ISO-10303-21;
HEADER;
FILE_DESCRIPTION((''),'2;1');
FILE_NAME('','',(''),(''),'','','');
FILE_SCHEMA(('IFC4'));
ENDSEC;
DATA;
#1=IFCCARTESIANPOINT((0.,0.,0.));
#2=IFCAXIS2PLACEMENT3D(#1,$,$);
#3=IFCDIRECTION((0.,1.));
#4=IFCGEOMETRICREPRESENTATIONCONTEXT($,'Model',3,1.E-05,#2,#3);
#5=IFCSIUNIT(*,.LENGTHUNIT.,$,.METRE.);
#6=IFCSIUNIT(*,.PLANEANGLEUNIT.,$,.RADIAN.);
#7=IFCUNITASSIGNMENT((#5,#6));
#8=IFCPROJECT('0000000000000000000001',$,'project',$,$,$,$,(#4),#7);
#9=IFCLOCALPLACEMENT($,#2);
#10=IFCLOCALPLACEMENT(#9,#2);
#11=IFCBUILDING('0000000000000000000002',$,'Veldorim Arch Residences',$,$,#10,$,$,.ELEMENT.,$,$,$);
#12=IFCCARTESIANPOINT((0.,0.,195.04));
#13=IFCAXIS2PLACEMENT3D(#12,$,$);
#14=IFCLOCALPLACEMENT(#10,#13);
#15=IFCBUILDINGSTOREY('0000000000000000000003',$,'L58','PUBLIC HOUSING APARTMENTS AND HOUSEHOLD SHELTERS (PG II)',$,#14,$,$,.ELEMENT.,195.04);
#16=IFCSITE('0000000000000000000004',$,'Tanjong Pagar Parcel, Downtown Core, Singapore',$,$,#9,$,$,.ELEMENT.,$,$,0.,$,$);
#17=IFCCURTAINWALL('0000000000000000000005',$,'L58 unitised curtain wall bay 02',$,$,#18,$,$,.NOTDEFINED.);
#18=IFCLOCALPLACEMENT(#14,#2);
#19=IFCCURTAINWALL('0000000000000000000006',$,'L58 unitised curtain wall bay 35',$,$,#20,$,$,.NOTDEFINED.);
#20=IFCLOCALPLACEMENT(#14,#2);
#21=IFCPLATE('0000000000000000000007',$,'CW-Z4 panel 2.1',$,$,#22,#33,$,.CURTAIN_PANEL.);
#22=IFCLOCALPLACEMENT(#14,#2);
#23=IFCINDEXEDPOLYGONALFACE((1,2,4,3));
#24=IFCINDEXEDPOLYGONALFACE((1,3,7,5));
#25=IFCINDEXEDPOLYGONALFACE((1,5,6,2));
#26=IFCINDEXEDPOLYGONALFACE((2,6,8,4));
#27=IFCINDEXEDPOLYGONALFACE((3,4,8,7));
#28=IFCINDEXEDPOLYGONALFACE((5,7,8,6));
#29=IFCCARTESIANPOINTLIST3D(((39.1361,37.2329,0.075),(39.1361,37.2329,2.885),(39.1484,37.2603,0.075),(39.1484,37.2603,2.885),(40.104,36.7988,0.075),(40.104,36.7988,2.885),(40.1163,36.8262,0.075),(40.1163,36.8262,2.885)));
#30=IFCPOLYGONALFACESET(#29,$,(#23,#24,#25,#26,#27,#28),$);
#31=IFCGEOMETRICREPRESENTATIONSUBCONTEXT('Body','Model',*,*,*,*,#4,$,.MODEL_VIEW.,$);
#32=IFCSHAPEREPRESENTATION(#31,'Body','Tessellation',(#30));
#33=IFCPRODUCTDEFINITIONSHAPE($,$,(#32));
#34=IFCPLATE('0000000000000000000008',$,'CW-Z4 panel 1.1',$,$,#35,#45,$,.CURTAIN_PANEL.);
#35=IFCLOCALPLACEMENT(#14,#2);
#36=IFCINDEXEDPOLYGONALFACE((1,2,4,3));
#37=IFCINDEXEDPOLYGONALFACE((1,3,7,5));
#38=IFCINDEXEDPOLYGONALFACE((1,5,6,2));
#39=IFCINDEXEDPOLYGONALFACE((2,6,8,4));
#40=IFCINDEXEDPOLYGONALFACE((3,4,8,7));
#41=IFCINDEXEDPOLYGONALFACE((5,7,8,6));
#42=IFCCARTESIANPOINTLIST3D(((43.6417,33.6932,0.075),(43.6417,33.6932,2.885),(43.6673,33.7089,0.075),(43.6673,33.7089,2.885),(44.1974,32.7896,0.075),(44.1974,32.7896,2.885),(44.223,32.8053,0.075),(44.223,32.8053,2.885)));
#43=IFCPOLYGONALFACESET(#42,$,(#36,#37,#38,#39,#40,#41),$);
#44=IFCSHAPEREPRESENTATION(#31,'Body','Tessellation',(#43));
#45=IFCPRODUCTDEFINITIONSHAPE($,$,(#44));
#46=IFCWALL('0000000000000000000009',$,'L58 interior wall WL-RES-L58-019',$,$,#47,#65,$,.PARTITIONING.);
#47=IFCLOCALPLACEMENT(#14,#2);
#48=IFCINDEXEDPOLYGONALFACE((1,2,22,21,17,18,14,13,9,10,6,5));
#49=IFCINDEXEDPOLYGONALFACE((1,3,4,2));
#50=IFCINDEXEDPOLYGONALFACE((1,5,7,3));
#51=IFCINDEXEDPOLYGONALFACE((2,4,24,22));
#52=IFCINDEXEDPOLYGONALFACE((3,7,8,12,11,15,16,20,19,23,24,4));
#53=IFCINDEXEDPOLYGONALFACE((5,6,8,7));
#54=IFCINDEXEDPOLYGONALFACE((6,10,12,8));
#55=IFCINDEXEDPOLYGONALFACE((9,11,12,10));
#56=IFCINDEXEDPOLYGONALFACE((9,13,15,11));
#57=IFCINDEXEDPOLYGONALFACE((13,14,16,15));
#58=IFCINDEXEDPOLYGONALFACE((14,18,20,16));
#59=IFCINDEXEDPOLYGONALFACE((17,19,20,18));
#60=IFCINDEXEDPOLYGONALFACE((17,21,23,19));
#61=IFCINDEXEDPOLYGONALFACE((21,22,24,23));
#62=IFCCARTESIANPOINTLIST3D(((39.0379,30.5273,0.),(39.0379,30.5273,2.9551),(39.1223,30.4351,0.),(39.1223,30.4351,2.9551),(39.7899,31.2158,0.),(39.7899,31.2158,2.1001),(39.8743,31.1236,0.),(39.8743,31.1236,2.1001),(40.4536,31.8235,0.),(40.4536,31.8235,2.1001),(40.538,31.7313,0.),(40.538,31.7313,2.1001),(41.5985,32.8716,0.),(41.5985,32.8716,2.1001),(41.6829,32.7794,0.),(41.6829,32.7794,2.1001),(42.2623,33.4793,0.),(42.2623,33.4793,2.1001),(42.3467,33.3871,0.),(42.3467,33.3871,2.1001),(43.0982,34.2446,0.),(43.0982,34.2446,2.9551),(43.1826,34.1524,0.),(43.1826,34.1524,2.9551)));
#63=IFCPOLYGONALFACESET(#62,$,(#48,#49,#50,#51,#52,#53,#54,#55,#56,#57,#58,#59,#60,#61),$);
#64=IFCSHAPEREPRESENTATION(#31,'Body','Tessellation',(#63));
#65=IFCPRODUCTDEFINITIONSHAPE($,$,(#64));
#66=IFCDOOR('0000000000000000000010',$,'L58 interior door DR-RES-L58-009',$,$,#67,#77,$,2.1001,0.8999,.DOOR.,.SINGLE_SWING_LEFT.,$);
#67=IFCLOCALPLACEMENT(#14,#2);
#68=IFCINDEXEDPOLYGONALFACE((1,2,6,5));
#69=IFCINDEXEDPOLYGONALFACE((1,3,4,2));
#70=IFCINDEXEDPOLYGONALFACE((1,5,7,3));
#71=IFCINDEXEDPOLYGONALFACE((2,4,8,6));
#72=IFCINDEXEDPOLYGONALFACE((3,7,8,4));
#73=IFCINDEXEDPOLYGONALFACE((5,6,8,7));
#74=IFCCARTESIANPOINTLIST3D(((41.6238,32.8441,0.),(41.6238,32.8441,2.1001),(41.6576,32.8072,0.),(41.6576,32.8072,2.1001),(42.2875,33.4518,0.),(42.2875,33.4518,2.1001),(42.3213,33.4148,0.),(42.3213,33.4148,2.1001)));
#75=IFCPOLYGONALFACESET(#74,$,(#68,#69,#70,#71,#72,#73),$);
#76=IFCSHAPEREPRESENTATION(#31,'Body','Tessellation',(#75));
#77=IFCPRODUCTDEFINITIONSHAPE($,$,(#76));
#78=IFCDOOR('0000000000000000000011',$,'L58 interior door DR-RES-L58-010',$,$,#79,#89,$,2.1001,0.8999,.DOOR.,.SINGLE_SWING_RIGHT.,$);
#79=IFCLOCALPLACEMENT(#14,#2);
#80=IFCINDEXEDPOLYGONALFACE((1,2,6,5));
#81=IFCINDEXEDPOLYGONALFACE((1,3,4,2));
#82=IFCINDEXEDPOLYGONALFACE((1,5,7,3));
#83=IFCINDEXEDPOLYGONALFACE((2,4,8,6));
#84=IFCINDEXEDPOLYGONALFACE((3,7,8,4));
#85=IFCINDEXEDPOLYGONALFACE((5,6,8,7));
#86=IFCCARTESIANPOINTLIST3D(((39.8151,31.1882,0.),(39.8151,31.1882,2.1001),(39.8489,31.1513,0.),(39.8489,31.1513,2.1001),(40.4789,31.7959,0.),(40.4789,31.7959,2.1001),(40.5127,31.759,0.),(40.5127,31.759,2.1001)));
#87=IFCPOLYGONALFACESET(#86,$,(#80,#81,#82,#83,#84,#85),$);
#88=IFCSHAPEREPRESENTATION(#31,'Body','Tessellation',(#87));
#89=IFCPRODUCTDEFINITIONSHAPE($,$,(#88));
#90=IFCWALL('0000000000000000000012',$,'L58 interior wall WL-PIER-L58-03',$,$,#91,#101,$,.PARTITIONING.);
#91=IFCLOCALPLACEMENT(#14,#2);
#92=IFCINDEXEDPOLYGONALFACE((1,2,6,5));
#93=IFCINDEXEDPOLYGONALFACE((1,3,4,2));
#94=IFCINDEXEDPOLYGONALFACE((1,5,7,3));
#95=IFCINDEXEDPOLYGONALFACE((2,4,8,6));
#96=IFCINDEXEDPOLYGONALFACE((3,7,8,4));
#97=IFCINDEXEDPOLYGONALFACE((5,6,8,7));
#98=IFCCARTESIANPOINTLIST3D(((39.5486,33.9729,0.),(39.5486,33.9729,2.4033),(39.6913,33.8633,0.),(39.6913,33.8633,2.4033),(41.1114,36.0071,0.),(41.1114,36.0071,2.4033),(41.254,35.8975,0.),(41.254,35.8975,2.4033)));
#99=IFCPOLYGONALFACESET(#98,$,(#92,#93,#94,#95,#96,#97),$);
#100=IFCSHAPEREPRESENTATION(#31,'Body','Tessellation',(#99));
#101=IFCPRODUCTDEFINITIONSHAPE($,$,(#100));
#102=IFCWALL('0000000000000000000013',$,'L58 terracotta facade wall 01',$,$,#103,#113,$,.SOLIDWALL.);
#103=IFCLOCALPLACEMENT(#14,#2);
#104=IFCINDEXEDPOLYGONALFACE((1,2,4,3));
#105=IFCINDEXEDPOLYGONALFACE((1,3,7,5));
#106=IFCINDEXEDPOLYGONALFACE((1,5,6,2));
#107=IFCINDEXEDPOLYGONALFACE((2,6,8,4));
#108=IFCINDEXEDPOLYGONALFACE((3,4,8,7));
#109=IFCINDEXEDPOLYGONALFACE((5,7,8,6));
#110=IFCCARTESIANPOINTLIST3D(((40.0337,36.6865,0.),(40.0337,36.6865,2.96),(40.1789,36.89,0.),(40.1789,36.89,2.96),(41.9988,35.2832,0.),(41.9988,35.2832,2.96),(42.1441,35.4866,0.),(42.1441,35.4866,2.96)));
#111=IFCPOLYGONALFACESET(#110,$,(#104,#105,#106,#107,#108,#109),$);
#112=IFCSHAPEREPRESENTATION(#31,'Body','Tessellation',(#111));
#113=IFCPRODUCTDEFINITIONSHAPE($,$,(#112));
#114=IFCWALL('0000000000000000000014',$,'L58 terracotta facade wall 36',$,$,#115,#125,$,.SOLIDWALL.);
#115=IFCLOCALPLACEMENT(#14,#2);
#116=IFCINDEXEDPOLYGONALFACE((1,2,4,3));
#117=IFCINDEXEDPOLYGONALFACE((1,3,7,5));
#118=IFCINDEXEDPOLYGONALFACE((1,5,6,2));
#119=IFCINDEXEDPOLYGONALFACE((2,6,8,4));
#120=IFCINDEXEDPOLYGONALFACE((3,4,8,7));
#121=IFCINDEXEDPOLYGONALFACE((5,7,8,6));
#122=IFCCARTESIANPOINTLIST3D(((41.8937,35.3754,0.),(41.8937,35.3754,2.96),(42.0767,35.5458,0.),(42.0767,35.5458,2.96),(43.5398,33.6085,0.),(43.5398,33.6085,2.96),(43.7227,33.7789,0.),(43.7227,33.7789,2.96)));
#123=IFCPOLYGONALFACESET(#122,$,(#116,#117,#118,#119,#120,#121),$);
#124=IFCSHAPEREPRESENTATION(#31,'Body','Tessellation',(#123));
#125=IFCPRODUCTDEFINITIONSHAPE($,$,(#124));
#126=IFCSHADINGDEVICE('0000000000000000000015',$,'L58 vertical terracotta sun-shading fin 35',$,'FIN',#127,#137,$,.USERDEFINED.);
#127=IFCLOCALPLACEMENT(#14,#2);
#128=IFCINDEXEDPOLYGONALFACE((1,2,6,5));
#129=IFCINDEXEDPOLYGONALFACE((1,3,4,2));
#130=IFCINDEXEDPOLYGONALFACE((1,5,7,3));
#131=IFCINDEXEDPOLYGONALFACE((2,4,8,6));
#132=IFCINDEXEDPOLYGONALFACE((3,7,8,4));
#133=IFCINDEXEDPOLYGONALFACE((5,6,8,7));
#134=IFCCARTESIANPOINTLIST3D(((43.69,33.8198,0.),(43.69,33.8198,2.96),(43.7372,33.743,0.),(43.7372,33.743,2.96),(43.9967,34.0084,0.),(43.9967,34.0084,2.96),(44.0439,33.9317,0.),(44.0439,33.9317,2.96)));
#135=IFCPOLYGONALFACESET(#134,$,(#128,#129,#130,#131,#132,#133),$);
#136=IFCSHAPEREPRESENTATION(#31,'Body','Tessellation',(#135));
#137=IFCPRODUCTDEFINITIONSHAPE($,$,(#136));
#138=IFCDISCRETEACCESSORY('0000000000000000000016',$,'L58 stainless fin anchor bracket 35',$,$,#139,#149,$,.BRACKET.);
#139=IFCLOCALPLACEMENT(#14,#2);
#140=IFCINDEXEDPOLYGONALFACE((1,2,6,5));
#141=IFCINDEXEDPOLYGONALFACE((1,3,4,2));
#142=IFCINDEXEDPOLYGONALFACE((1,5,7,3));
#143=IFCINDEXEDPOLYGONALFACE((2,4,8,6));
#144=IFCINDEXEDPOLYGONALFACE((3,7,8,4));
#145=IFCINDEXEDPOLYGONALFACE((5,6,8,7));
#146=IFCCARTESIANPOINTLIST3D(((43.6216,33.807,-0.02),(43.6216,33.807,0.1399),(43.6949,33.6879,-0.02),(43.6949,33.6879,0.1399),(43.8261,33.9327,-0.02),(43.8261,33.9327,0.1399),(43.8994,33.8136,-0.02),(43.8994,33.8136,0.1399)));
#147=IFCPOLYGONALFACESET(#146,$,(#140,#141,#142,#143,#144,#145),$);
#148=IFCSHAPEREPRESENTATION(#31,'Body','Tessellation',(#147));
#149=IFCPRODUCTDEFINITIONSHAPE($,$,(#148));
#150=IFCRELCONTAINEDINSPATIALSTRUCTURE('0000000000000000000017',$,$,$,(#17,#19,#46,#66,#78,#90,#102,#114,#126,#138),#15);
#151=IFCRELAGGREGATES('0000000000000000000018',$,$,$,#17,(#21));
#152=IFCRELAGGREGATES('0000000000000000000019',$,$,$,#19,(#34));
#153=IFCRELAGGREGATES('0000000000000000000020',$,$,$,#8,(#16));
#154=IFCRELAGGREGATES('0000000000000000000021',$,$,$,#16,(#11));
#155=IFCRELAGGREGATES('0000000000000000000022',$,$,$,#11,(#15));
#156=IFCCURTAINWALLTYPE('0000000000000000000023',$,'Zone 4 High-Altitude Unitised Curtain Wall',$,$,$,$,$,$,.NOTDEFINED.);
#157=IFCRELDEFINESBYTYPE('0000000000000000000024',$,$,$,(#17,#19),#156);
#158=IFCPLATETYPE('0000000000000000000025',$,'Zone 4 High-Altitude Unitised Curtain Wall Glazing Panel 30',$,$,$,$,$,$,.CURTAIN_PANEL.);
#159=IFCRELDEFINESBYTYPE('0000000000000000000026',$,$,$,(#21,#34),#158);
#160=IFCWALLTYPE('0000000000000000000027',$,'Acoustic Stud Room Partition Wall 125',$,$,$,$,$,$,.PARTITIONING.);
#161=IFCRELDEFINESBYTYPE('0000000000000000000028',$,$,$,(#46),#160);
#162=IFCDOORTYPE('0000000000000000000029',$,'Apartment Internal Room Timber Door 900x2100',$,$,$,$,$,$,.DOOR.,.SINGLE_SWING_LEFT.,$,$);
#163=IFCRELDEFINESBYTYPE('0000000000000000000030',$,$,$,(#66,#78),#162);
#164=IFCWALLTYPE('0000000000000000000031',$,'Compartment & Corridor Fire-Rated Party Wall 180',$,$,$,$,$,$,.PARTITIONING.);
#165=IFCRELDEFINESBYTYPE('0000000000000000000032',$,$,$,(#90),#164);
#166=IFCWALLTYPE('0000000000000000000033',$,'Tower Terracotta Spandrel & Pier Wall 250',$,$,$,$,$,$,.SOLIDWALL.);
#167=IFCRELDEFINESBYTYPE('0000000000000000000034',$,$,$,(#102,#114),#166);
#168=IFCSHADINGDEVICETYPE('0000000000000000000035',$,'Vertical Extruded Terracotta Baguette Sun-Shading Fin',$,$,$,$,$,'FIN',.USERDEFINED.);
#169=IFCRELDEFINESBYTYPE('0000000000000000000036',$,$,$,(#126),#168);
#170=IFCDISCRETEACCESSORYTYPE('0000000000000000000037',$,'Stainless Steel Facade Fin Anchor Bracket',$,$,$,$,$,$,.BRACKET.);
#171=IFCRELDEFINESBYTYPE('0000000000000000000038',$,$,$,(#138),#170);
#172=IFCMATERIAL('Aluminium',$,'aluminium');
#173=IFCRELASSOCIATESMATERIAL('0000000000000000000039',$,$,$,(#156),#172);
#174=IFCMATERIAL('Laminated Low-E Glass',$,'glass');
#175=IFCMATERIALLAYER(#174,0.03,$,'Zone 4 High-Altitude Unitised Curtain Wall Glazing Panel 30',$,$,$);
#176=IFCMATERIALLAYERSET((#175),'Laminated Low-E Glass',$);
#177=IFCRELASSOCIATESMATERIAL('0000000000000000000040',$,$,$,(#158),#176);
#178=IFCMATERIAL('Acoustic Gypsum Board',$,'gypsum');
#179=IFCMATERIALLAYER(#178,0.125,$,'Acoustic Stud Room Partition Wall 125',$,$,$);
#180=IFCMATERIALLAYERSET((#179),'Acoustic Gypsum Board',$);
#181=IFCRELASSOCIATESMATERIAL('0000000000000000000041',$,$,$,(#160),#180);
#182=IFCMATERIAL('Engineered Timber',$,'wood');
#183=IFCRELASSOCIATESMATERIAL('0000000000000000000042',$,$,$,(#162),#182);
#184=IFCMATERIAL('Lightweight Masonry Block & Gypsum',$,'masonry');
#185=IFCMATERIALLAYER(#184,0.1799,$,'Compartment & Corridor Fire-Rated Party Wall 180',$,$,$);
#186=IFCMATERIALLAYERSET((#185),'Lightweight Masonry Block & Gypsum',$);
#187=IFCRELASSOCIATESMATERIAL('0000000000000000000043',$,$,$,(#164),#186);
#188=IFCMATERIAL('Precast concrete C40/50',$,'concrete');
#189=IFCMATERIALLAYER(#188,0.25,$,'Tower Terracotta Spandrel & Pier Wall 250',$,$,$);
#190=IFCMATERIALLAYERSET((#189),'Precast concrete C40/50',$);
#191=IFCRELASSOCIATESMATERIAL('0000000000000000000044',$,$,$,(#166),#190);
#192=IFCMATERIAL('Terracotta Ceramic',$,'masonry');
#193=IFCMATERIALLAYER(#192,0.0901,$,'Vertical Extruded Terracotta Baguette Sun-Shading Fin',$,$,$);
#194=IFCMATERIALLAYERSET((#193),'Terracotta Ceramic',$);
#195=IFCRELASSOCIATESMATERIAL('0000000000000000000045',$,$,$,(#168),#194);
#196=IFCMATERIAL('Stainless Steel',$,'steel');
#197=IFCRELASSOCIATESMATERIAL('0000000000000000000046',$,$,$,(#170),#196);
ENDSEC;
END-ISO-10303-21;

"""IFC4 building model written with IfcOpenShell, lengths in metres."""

from ifc_helpers import new_model, si_unit, direction, frame, frame_2d, origin, origin_2d, place, context, subcontext, project, spatial, rectangle, extrude, material, layer, layer_set, type_object, element, fill, aggregate, save


model = new_model("IFC4")

# Units and contexts
model_context = context("Model", 3, precision=1e-05, world=origin(), true_north=direction((0.0, 1.0)))
body_context = subcontext(model_context, "Body", "Model", "MODEL_VIEW")
ifc_project = project(units=[si_unit("LENGTHUNIT", "METRE"), si_unit("PLANEANGLEUNIT", "RADIAN")], contexts=[model_context])

# Site, building, storey
site_placement = place(None, origin())
site = spatial("IfcSite", under=ifc_project, at=site_placement, Name="Tanjong Pagar Parcel, Downtown Core, Singapore", CompositionType="ELEMENT", RefElevation=0.0)
building_placement = place(site_placement, origin())
building = spatial("IfcBuilding", under=site, at=building_placement, Name="Veldorim Arch Residences", CompositionType="ELEMENT")
storey_placement = place(building_placement, frame((0.0, 0.0, 195.04)))
storey = spatial("IfcBuildingStorey", under=building, at=storey_placement, Name="L58", Description="PUBLIC HOUSING APARTMENTS AND HOUSEHOLD SHELTERS (PG II)", CompositionType="ELEMENT", Elevation=195.04)

# Curtain wall
ifc_material_1 = material(Name="Aluminium", Category="aluminium")
curtain_wall_type = type_object("IfcCurtainWallType", Name="Zone 4 High-Altitude Unitised Curtain Wall", PredefinedType="NOTDEFINED", material=ifc_material_1)
curtain_wall_1_placement = place(storey_placement, origin())
curtain_wall_1 = element("IfcCurtainWall", 1, at=curtain_wall_1_placement, inside=storey, type_object=curtain_wall_type, Name="L58 unitised curtain wall bay 02", PredefinedType="NOTDEFINED")

# Curtain wall
curtain_wall_2_placement = place(storey_placement, origin())
curtain_wall_2 = element("IfcCurtainWall", 2, at=curtain_wall_2_placement, inside=storey, type_object=curtain_wall_type, Name="L58 unitised curtain wall bay 35", PredefinedType="NOTDEFINED")

# Plates
ifc_material_2 = material(Name="Laminated Low-E Glass", Category="glass")
ifc_layer_1 = layer(ifc_material_2, 0.03, Name="Zone 4 High-Altitude Unitised Curtain Wall Glazing Panel 30")
ifc_layer_set_1 = layer_set([ifc_layer_1], Name="Laminated Low-E Glass")
plate_type = type_object("IfcPlateType", Name="Zone 4 High-Altitude Unitised Curtain Wall Glazing Panel 30", PredefinedType="CURTAIN_PANEL", material=ifc_layer_set_1)
plate_1_placement = place(storey_placement, frame((39.6262, 37.0295, 0.075), z_axis=(0.0, 0.0, 1.0), x_axis=(0.912468, -0.409149, 0.0)))
plate_1 = element("IfcPlate", 3, at=plate_1_placement, type_object=plate_type, Name="CW-Z4 panel 2.1", PredefinedType="CURTAIN_PANEL", context=body_context, shape_type="SweptSolid", body=[
    extrude(rectangle(XDim=1.0608, YDim=0.03, at=origin_2d()), origin(), (0.0, 0.0, 1.0), 2.8101),
])
aggregate(curtain_wall_1, [plate_1])
plate_2_placement = place(storey_placement, frame((43.9324, 33.2493, 0.075), z_axis=(0.0, 0.0, 1.0), x_axis=(0.523864, -0.851802, 0.0)))
plate_2 = element("IfcPlate", 4, at=plate_2_placement, type_object=plate_type, Name="CW-Z4 panel 1.1", PredefinedType="CURTAIN_PANEL", context=body_context, shape_type="SweptSolid", body=[
    extrude(rectangle(XDim=1.0608, YDim=0.03, at=origin_2d()), origin(), (0.0, 0.0, 1.0), 2.8101),
])
aggregate(curtain_wall_2, [plate_2])

# Wall, openings, doors
ifc_material_3 = material(Name="Acoustic Gypsum Board", Category="gypsum")
ifc_layer_2 = layer(ifc_material_3, 0.125, Name="Acoustic Stud Room Partition Wall 125")
ifc_layer_set_2 = layer_set([ifc_layer_2], Name="Acoustic Gypsum Board")
wall_type_1 = type_object("IfcWallType", Name="Acoustic Stud Room Partition Wall 125", PredefinedType="PARTITIONING", material=ifc_layer_set_2)
wall_1_placement = place(storey_placement, frame((43.1404, 34.1985, 0.0), z_axis=(0.0, 0.0, 1.0), x_axis=(-0.737576, -0.675265, 0.0)))
wall_1 = element("IfcWall", 5, at=wall_1_placement, inside=storey, type_object=wall_type_1, Name="L58 interior wall WL-RES-L58-019", PredefinedType="PARTITIONING", context=body_context, shape_type="SweptSolid", body=[
    extrude(rectangle(XDim=5.5049, YDim=0.125, at=frame_2d((2.7524, 0.0))), origin(), (0.0, 0.0, 1.0), 2.9551),
])
opening_1_placement = place(wall_1_placement, frame((1.1333, 0.0, 0.0)))
opening_1 = element("IfcOpeningElement", 6, at=opening_1_placement, cuts=wall_1, PredefinedType="OPENING", context=body_context, shape_type="SweptSolid", body=[
    extrude(rectangle(XDim=0.8999, YDim=2.1001, at=frame_2d((0.45, 1.05))), frame((0.0, 0.0725, 0.0), z_axis=(0.0, -1.0, 0.0), x_axis=(1.0, 0.0, 0.0)), (0.0, 0.0, 1.0), 0.145),
])
opening_2_placement = place(wall_1_placement, frame((3.5854, 0.0, 0.0)))
opening_2 = element("IfcOpeningElement", 7, at=opening_2_placement, cuts=wall_1, PredefinedType="OPENING", context=body_context, shape_type="SweptSolid", body=[
    extrude(rectangle(XDim=0.8999, YDim=2.1001, at=frame_2d((0.45, 1.05))), frame((0.0, 0.0725, 0.0), z_axis=(0.0, -1.0, 0.0), x_axis=(1.0, 0.0, 0.0)), (0.0, 0.0, 1.0), 0.145),
])
ifc_material_4 = material(Name="Engineered Timber", Category="wood")
door_type = type_object("IfcDoorType", Name="Apartment Internal Room Timber Door 900x2100", OperationType="SINGLE_SWING_LEFT", PredefinedType="DOOR", material=ifc_material_4)
door_1_placement = place(opening_1_placement, origin())
door_1 = element("IfcDoor", 8, at=door_1_placement, inside=storey, type_object=door_type, Name="L58 interior door DR-RES-L58-009", OperationType="SINGLE_SWING_LEFT", OverallHeight=2.1001, OverallWidth=0.8999, PredefinedType="DOOR", context=body_context, shape_type="SweptSolid", body=[
    extrude(rectangle(XDim=0.8999, YDim=2.1001, at=frame_2d((0.45, 1.05))), frame((0.0, 0.0249, 0.0), z_axis=(0.0, -1.0, 0.0), x_axis=(1.0, 0.0, 0.0)), (0.0, 0.0, 1.0), 0.05),
])
fill(opening_1, door_1)
door_2_placement = place(opening_2_placement, origin())
door_2 = element("IfcDoor", 9, at=door_2_placement, inside=storey, type_object=door_type, Name="L58 interior door DR-RES-L58-010", OperationType="SINGLE_SWING_RIGHT", OverallHeight=2.1001, OverallWidth=0.8999, PredefinedType="DOOR", context=body_context, shape_type="SweptSolid", body=[
    extrude(rectangle(XDim=0.8999, YDim=2.1001, at=frame_2d((0.45, 1.05))), frame((0.0, 0.0249, 0.0), z_axis=(0.0, -1.0, 0.0), x_axis=(1.0, 0.0, 0.0)), (0.0, 0.0, 1.0), 0.05),
])
fill(opening_2, door_2)

# Walls
ifc_material_5 = material(Name="Lightweight Masonry Block & Gypsum", Category="masonry")
ifc_layer_3 = layer(ifc_material_5, 0.1799, Name="Compartment & Corridor Fire-Rated Party Wall 180")
ifc_layer_set_3 = layer_set([ifc_layer_3], Name="Lightweight Masonry Block & Gypsum")
wall_type_2 = type_object("IfcWallType", Name="Compartment & Corridor Fire-Rated Party Wall 180", PredefinedType="PARTITIONING", material=ifc_layer_set_3)
wall_2_placement = place(storey_placement, frame((39.6199, 33.918, 0.0), z_axis=(0.0, 0.0, 1.0), x_axis=(0.609218, 0.793002, 0.0)))
element("IfcWall", 10, at=wall_2_placement, inside=storey, type_object=wall_type_2, Name="L58 interior wall WL-PIER-L58-03", PredefinedType="PARTITIONING", context=body_context, shape_type="SweptSolid", body=[
    extrude(rectangle(XDim=2.5652, YDim=0.1799, at=frame_2d((1.2827, 0.0))), origin(), (0.0, 0.0, 1.0), 2.4033),
])
ifc_material_6 = material(Name="Precast concrete C40/50", Category="concrete")
ifc_layer_4 = layer(ifc_material_6, 0.25, Name="Tower Terracotta Spandrel & Pier Wall 250")
ifc_layer_set_4 = layer_set([ifc_layer_4], Name="Precast concrete C40/50")
wall_type_3 = type_object("IfcWallType", Name="Tower Terracotta Spandrel & Pier Wall 250", PredefinedType="SOLIDWALL", material=ifc_layer_set_4)
for number, where, z_axis, x_axis, name in (
    (11, (40.1062, 36.7883, 0.0), (0.0, 0.0, 1.0), (0.813795, -0.581152, 0.0), "L58 terracotta facade wall 01"),
    (12, (41.9851, 35.4607, 0.0), (0.0, 0.0, 1.0), (0.681641, -0.731687, 0.0), "L58 terracotta facade wall 36"),
):
    element("IfcWall", number, at=place(storey_placement, frame(where, z_axis=z_axis, x_axis=x_axis)), inside=storey, type_object=wall_type_3, Name=name, PredefinedType="SOLIDWALL", context=body_context, shape_type="SweptSolid", body=[
        extrude(rectangle(XDim=2.4148, YDim=0.25, at=frame_2d((1.2075, 0.0))), origin(), (0.0, 0.0, 1.0), 2.96),
    ])

# Shading device
ifc_material_7 = material(Name="Terracotta Ceramic", Category="masonry")
ifc_layer_5 = layer(ifc_material_7, 0.0901, Name="Vertical Extruded Terracotta Baguette Sun-Shading Fin")
ifc_layer_set_5 = layer_set([ifc_layer_5], Name="Terracotta Ceramic")
shading_device_type = type_object("IfcShadingDeviceType", Name="Vertical Extruded Terracotta Baguette Sun-Shading Fin", ElementType="FIN", PredefinedType="USERDEFINED", material=ifc_layer_set_5)
shading_device_placement = place(storey_placement, frame((43.8669, 33.8757, 0.0), z_axis=(0.0, 0.0, 1.0), x_axis=(0.523837, -0.851818, 0.0)))
element("IfcShadingDevice", 13, at=shading_device_placement, inside=storey, type_object=shading_device_type, Name="L58 vertical terracotta sun-shading fin 35", ObjectType="FIN", PredefinedType="USERDEFINED", context=body_context, shape_type="SweptSolid", body=[
    extrude(rectangle(XDim=0.0901, YDim=0.3601, at=origin_2d()), origin(), (0.0, 0.0, 1.0), 2.96),
])

# Discrete accessory
ifc_material_8 = material(Name="Stainless Steel", Category="steel")
discrete_accessory_type = type_object("IfcDiscreteAccessoryType", Name="Stainless Steel Facade Fin Anchor Bracket", PredefinedType="BRACKET", material=ifc_material_8)
discrete_accessory_placement = place(storey_placement, frame((43.7605, 33.8103, -0.02), z_axis=(0.0, 0.0, 1.0), x_axis=(0.523837, -0.851818, 0.0)))
element("IfcDiscreteAccessory", 14, at=discrete_accessory_placement, inside=storey, type_object=discrete_accessory_type, Name="L58 stainless fin anchor bracket 35", PredefinedType="BRACKET", context=body_context, shape_type="SweptSolid", body=[
    extrude(rectangle(XDim=0.1399, YDim=0.24, at=origin_2d()), origin(), (0.0, 0.0, 1.0), 0.1599),
])

save(model, "model.ifc")
